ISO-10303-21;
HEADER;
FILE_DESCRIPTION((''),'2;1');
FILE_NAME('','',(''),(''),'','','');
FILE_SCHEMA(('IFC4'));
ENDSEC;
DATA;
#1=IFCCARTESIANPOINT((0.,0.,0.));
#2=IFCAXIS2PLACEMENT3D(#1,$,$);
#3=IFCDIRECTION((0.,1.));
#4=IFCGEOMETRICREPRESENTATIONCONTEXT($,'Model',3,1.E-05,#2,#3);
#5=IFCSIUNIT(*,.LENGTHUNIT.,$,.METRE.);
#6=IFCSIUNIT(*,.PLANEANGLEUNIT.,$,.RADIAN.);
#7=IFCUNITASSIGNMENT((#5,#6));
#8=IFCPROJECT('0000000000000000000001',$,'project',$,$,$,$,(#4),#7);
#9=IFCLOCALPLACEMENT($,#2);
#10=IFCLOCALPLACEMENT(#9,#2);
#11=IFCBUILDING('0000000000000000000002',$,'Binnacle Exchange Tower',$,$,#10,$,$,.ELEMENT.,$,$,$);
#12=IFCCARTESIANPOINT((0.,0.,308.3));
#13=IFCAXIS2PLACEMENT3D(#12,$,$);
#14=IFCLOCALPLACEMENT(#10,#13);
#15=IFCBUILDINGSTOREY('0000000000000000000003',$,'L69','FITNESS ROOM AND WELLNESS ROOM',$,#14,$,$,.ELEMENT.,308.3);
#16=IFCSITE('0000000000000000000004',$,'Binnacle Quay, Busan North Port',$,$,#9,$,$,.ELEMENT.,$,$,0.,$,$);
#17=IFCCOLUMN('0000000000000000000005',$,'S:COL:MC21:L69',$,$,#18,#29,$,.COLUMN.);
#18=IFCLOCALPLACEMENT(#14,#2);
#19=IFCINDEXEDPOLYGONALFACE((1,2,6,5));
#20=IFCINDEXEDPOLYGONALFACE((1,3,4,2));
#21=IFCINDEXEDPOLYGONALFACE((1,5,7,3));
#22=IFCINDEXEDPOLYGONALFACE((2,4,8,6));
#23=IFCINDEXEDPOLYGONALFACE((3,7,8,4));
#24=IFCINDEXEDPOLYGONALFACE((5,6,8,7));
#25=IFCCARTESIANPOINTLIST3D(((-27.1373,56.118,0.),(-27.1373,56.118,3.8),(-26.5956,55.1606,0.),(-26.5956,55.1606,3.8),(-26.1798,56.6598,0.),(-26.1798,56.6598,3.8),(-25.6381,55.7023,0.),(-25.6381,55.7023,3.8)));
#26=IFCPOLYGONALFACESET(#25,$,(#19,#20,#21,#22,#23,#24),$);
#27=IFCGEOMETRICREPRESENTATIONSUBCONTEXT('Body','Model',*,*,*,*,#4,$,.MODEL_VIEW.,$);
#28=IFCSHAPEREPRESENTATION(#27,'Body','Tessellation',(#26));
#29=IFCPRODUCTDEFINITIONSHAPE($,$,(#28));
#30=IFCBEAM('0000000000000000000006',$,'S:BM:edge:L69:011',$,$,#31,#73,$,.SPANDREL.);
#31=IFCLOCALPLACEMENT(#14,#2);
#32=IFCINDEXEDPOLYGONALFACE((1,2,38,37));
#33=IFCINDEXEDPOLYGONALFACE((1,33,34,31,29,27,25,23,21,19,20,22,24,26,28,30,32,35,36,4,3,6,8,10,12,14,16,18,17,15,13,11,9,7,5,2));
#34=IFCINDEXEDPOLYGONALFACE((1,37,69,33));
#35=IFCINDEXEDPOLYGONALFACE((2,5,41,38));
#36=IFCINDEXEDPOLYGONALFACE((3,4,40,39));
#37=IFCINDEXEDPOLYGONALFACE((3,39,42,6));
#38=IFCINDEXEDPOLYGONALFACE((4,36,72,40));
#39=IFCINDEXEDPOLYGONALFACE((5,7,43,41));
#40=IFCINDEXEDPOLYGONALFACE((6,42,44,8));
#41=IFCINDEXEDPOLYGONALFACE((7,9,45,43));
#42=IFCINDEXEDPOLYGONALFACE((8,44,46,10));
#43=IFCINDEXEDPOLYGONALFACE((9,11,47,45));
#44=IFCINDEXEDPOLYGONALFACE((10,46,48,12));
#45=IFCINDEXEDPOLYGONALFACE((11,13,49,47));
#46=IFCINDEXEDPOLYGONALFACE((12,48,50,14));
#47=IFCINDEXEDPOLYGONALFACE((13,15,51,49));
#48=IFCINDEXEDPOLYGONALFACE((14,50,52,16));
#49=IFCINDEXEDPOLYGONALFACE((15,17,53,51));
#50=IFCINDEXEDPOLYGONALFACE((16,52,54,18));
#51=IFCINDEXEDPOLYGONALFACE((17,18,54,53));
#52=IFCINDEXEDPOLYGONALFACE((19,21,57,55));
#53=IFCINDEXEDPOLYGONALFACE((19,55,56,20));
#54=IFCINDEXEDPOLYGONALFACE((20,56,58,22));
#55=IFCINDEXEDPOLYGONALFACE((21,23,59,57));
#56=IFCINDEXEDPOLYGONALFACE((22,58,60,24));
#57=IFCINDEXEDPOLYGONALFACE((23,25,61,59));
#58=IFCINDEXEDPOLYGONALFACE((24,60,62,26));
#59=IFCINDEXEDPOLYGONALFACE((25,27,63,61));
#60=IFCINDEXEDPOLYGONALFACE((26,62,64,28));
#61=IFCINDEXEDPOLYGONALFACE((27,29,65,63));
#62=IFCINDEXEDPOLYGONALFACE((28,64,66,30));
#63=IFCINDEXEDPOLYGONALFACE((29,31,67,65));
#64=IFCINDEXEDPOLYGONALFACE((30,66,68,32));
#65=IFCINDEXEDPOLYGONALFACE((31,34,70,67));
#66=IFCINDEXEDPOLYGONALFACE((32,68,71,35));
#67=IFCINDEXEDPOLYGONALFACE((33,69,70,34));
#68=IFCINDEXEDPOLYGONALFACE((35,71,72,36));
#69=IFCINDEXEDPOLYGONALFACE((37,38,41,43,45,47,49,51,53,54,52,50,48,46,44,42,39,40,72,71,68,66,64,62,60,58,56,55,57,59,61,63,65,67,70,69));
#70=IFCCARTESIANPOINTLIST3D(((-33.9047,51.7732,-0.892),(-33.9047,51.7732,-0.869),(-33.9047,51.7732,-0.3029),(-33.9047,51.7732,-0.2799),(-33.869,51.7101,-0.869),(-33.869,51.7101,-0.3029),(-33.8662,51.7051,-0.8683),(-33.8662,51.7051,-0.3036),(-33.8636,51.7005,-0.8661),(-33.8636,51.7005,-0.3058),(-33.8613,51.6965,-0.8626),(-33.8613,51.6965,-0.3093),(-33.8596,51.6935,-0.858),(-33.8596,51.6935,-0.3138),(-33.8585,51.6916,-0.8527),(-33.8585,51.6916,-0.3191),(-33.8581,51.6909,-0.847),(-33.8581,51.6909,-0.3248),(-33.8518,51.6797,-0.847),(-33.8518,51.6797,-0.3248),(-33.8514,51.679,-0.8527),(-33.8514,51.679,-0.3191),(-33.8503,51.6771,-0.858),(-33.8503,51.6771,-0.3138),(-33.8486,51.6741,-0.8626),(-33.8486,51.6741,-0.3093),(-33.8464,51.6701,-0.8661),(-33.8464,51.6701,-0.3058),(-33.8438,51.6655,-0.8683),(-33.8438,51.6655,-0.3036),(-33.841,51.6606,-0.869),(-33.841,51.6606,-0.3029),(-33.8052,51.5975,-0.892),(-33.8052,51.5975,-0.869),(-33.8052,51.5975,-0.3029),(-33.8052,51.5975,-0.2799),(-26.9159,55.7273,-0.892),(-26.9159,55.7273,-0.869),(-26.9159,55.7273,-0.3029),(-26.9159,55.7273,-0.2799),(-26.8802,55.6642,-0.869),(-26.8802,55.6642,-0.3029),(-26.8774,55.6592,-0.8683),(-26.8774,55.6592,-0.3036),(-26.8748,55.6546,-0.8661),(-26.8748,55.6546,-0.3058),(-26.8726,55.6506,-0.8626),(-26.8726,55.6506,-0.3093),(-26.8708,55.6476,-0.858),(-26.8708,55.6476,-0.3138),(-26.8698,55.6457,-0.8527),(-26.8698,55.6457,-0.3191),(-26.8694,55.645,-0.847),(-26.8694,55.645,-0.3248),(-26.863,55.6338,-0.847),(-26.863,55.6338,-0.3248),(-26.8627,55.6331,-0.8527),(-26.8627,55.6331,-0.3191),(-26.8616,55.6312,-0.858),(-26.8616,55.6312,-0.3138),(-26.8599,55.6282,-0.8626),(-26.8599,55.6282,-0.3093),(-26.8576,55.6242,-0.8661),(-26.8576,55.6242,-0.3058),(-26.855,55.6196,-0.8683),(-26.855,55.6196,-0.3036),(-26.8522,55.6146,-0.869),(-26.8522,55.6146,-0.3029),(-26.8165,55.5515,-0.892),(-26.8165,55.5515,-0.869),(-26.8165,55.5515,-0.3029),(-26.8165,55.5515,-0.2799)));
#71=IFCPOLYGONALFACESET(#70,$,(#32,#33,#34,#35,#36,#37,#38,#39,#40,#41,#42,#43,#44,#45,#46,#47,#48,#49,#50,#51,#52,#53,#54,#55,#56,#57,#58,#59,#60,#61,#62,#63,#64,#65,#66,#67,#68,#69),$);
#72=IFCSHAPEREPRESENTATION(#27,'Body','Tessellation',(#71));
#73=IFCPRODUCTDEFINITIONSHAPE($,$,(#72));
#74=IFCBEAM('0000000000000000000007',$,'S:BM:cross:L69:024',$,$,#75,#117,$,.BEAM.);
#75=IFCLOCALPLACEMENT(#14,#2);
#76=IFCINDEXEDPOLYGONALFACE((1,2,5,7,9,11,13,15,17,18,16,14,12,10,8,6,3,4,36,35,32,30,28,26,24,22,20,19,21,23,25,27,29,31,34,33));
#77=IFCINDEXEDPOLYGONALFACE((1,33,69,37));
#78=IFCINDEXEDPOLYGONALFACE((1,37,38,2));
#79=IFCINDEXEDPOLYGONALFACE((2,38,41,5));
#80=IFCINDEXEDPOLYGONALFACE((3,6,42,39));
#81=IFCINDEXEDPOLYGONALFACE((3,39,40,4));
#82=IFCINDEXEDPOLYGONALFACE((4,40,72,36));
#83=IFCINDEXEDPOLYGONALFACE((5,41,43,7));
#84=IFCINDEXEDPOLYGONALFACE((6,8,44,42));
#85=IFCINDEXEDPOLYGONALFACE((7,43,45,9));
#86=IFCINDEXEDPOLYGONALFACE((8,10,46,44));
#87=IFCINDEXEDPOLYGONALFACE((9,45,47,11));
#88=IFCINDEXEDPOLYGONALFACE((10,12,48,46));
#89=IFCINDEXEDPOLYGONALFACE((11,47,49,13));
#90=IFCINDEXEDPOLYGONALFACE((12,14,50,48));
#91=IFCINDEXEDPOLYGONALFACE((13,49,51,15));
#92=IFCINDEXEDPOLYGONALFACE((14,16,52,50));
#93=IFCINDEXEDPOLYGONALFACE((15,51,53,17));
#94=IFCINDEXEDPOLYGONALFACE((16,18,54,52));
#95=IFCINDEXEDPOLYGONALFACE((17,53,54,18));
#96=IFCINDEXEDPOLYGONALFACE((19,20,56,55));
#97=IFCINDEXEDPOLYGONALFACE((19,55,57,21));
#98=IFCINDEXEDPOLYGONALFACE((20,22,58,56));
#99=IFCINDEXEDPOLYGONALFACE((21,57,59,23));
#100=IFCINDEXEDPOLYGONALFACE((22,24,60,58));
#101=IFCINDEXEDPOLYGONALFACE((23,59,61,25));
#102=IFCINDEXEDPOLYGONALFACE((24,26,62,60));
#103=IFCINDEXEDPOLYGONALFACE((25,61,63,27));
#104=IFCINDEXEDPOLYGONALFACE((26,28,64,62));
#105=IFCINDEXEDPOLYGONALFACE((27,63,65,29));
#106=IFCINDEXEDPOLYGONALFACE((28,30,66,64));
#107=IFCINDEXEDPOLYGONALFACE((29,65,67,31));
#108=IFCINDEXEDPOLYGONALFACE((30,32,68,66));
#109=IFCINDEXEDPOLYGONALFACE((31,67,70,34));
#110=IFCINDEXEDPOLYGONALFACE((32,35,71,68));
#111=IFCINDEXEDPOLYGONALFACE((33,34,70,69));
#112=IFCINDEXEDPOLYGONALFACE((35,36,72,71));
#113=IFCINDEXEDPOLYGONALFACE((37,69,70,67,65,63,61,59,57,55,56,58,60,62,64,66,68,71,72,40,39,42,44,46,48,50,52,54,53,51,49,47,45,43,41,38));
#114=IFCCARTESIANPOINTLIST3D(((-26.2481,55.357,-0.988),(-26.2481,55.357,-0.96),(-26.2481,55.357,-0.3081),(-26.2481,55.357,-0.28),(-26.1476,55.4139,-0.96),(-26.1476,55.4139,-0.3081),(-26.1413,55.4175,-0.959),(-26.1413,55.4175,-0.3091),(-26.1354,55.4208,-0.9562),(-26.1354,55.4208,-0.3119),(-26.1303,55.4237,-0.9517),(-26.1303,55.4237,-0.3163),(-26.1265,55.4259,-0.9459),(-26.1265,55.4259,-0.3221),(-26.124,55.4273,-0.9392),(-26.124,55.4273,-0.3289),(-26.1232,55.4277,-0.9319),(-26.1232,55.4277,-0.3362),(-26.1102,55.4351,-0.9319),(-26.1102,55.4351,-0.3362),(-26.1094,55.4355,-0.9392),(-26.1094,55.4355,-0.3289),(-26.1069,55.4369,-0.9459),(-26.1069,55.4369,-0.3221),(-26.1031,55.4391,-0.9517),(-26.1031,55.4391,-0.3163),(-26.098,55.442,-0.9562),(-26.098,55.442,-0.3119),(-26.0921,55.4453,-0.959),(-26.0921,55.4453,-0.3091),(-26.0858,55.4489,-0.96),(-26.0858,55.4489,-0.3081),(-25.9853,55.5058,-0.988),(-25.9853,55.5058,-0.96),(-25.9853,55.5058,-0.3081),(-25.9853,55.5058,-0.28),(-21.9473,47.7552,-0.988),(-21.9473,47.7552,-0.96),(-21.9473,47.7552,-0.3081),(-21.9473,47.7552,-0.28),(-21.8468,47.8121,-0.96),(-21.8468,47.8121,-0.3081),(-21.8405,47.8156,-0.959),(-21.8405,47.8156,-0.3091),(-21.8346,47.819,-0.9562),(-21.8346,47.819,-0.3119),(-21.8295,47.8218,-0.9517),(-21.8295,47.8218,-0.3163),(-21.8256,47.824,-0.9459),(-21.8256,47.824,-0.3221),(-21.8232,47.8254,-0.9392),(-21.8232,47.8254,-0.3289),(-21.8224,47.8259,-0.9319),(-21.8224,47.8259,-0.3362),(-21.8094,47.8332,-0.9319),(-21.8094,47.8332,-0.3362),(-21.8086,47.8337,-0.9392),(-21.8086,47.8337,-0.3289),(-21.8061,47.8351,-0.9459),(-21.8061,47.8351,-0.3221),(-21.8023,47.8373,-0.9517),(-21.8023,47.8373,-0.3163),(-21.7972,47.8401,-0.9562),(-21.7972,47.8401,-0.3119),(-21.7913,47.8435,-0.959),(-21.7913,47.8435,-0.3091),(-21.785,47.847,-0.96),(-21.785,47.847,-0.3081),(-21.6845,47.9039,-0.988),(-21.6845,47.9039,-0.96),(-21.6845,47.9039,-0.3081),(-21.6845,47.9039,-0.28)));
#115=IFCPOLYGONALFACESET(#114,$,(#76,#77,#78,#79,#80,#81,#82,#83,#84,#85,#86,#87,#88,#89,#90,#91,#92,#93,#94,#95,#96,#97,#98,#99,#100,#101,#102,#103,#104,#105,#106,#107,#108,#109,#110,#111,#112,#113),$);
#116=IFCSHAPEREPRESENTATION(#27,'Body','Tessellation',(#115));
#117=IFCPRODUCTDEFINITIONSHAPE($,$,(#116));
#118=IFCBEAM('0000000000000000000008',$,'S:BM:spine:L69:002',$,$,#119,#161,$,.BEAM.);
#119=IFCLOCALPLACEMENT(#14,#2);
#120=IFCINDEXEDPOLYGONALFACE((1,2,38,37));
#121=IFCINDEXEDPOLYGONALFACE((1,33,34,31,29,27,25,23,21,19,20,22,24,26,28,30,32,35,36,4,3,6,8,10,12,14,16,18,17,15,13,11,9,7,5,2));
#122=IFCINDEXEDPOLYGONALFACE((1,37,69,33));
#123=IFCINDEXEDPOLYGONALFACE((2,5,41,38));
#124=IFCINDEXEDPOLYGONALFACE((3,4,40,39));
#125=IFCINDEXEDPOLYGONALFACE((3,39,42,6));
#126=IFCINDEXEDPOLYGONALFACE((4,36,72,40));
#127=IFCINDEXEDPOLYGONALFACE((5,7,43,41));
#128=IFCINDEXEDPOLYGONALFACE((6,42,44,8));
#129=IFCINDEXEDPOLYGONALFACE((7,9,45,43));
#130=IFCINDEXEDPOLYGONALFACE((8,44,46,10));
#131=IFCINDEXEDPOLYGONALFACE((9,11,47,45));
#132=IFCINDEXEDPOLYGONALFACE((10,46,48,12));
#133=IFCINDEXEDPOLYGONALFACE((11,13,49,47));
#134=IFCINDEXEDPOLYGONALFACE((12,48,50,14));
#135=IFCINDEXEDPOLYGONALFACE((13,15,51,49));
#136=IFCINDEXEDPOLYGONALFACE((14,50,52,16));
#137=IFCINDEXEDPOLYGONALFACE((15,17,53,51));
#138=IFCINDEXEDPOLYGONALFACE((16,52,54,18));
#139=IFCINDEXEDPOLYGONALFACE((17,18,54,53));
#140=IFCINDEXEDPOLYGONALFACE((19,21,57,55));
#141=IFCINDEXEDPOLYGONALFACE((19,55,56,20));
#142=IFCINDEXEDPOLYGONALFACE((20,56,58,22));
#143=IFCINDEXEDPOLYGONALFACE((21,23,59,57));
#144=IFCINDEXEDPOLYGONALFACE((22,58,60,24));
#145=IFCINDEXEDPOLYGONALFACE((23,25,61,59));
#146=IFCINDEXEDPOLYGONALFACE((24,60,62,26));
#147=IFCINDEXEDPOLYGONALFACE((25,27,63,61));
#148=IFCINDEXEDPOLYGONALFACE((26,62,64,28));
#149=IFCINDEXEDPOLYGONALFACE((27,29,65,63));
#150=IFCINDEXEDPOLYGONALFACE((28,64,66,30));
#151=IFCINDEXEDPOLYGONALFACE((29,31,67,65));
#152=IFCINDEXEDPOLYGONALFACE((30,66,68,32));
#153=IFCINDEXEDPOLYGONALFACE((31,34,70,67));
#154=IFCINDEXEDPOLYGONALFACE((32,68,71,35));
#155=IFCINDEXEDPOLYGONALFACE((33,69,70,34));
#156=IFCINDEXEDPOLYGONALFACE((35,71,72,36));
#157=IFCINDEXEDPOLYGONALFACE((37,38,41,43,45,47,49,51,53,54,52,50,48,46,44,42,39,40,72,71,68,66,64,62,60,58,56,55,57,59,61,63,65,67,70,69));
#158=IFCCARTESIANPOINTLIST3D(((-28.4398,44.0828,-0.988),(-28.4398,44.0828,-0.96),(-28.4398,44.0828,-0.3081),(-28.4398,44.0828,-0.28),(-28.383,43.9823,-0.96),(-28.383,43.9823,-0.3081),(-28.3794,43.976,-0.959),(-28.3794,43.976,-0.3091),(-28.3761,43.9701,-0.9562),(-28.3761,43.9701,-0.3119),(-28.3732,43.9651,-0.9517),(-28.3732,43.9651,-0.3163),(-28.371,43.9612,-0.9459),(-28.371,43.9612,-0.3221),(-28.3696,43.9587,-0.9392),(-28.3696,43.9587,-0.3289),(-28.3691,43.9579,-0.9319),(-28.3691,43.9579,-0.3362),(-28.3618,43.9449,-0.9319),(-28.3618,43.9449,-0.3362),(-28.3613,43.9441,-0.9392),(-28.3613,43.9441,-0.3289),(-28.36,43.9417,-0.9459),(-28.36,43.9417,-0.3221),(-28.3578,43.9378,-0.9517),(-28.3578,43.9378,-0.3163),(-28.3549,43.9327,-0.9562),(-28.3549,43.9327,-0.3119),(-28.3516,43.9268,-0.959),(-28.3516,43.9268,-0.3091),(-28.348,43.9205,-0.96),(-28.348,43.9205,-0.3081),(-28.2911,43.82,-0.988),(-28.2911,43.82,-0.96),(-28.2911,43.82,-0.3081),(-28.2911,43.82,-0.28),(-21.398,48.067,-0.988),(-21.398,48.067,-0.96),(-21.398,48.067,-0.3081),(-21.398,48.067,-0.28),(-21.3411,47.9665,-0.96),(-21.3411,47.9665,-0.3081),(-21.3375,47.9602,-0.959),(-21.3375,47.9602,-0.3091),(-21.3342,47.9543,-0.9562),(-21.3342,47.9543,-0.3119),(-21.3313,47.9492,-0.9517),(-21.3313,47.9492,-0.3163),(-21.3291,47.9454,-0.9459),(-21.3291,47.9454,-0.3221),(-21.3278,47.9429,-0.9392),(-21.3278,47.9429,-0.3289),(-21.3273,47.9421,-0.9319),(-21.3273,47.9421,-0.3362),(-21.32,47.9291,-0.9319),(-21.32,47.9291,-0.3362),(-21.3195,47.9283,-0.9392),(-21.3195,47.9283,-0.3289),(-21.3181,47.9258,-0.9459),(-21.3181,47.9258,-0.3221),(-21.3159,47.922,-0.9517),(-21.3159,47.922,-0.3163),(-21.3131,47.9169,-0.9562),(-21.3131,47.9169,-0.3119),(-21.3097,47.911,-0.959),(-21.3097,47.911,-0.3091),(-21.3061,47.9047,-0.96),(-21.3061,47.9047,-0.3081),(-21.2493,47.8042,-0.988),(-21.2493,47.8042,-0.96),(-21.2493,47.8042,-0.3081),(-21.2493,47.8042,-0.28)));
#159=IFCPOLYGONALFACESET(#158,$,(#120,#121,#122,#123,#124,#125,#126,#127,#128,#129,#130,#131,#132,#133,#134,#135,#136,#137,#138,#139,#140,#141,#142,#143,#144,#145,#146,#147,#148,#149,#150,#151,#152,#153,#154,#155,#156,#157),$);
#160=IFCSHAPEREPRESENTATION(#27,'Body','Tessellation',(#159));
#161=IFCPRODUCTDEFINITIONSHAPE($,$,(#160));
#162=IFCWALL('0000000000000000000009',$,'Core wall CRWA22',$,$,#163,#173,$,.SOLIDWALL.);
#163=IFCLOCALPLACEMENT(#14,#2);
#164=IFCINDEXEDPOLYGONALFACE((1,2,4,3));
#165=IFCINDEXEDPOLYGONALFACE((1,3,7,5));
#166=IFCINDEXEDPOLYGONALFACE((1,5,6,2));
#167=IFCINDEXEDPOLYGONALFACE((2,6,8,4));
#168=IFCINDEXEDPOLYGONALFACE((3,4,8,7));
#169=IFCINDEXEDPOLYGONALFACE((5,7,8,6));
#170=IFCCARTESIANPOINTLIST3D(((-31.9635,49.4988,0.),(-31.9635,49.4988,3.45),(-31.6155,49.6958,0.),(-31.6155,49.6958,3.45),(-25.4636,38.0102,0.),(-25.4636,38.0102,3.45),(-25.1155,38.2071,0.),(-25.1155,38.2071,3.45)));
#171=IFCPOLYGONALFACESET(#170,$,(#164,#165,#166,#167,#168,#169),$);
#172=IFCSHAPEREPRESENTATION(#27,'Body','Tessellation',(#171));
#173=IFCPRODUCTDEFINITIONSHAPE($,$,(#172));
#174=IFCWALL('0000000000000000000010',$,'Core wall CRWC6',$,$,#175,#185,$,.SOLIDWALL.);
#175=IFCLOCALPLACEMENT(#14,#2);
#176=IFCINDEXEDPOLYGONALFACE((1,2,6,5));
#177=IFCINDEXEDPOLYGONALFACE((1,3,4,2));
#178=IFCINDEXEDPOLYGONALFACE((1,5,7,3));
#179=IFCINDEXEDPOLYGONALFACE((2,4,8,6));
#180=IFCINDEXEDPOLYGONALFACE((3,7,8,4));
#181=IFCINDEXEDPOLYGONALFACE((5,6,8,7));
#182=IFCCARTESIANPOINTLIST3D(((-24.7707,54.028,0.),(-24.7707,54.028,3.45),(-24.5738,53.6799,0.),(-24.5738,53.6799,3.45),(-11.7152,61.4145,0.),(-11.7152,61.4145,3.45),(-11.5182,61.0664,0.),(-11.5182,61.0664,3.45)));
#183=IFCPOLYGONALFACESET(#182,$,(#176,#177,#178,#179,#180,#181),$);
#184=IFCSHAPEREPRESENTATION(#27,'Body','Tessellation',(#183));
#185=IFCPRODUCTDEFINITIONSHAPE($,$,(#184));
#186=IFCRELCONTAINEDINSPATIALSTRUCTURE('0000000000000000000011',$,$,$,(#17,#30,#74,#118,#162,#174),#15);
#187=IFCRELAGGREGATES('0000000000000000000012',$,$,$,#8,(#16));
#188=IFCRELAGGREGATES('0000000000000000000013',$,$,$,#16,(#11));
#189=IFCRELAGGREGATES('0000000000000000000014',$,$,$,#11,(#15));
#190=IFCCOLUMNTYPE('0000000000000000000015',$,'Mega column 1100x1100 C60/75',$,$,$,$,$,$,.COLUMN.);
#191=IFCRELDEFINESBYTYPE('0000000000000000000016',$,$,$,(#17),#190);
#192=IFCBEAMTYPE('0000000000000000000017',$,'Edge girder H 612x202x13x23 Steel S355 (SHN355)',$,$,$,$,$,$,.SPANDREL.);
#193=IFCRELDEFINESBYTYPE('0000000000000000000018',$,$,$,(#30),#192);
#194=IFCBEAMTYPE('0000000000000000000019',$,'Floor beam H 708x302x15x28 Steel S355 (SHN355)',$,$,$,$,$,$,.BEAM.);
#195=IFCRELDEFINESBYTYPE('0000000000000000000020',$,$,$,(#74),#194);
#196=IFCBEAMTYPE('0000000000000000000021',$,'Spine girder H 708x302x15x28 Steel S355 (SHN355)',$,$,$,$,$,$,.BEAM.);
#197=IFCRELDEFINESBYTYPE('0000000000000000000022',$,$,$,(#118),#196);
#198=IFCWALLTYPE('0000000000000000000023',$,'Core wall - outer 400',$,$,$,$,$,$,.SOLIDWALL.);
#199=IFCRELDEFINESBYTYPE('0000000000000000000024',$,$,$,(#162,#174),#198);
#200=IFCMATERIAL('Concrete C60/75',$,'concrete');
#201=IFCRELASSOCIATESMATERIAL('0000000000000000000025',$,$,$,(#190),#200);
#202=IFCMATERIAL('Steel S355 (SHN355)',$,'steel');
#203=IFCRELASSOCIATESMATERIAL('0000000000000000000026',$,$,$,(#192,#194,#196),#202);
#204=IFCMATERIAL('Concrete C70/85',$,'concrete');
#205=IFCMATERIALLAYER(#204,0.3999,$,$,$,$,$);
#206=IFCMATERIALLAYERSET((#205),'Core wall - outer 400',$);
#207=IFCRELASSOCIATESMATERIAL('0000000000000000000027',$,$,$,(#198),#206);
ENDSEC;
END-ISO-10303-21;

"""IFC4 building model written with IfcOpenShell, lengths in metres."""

from ifc_helpers import new_model, si_unit, direction, frame, frame_2d, origin, origin_2d, place, context, subcontext, project, spatial, rectangle, i_section, extrude, material, layer, layer_set, material_profile, profile_set, type_object, element, save


model = new_model("IFC4")

# Units and contexts
model_context = context("Model", 3, precision=1e-05, world=origin(), true_north=direction((0.0, 1.0)))
body_context = subcontext(model_context, "Body", "Model", "MODEL_VIEW")
ifc_project = project(units=[si_unit("LENGTHUNIT", "METRE"), si_unit("PLANEANGLEUNIT", "RADIAN")], contexts=[model_context])

# Site, building, storey
site_placement = place(None, origin())
site = spatial("IfcSite", under=ifc_project, at=site_placement, Name="Binnacle Quay, Busan North Port", CompositionType="ELEMENT", RefElevation=0.0)
building_placement = place(site_placement, origin())
building = spatial("IfcBuilding", under=site, at=building_placement, Name="Binnacle Exchange Tower", CompositionType="ELEMENT")
storey_placement = place(building_placement, frame((0.0, 0.0, 308.3)))
storey = spatial("IfcBuildingStorey", under=building, at=storey_placement, Name="L69", Description="FITNESS ROOM AND WELLNESS ROOM", CompositionType="ELEMENT", Elevation=308.3)

# Column
ifc_material_1 = material(Name="Concrete C60/75", Category="concrete")
ifc_material_profile_1 = material_profile(ifc_material_1, rectangle(XDim=1.1001, YDim=1.1001, at=origin_2d()), Name="Mega column 1100x1100 C60/75")
ifc_profile_set_1 = profile_set([ifc_material_profile_1], Name="Concrete C60/75")
column_type = type_object("IfcColumnType", Name="Mega column 1100x1100 C60/75", PredefinedType="COLUMN", material=ifc_profile_set_1)
column_placement = place(storey_placement, frame((-26.3877, 55.9102, 0.0), z_axis=(0.0, 0.0, 1.0), x_axis=(-0.870356, -0.492424, 0.0)))
element("IfcColumn", 1, at=column_placement, inside=storey, type_object=column_type, Name="S:COL:MC21:L69", PredefinedType="COLUMN", context=body_context, shape_type="SweptSolid", body=[
    extrude(rectangle(XDim=1.1001, YDim=1.1001, at=origin_2d()), origin(), (0.0, 0.0, 1.0), 3.8),
])

# Beams
ifc_material_2 = material(Name="Steel S355 (SHN355)", Category="steel")
ifc_material_profile_2 = material_profile(ifc_material_2, i_section(OverallWidth=0.2019, OverallDepth=0.6121, WebThickness=0.0129, FlangeThickness=0.0229, FilletRadius=0.022, at=origin_2d()), Name="H 612x202x13x23")
ifc_profile_set_2 = profile_set([ifc_material_profile_2], Name="Steel S355 (SHN355)")
beam_type_1 = type_object("IfcBeamType", Name="Edge girder H 612x202x13x23 Steel S355 (SHN355)", PredefinedType="SPANDREL", material=ifc_profile_set_2)
beam_1_placement = place(storey_placement, frame((-26.8662, 55.6394, -0.5859), z_axis=(-0.870353, -0.492428, 0.0), x_axis=(0.492428, -0.870353, 0.0)))
element("IfcBeam", 2, at=beam_1_placement, inside=storey, type_object=beam_type_1, Name="S:BM:edge:L69:011", PredefinedType="SPANDREL", context=body_context, shape_type="SweptSolid", body=[
    extrude(i_section(OverallWidth=0.2019, OverallDepth=0.6121, WebThickness=0.0129, FlangeThickness=0.0229, FilletRadius=0.022, at=origin_2d()), origin(), (0.0, 0.0, 1.0), 8.0298),
])
ifc_material_profile_3 = material_profile(ifc_material_2, i_section(OverallWidth=0.302, OverallDepth=0.708, WebThickness=0.0149, FlangeThickness=0.0281, FilletRadius=0.0281, at=origin_2d()), Name="H 708x302x15x28")
ifc_profile_set_3 = profile_set([ifc_material_profile_3], Name="Steel S355 (SHN355)")
beam_type_2 = type_object("IfcBeamType", Name="Floor beam H 708x302x15x28 Steel S355 (SHN355)", PredefinedType="BEAM", material=ifc_profile_set_3)
beam_2_placement = place(storey_placement, frame((-26.1167, 55.4314, -0.634), z_axis=(0.492414, -0.870361, 0.0), x_axis=(0.870361, 0.492414, 0.0)))
element("IfcBeam", 3, at=beam_2_placement, inside=storey, type_object=beam_type_2, Name="S:BM:cross:L69:024", PredefinedType="BEAM", context=body_context, shape_type="SweptSolid", body=[
    extrude(i_section(OverallWidth=0.302, OverallDepth=0.708, WebThickness=0.0149, FlangeThickness=0.0281, FilletRadius=0.0281, at=origin_2d()), origin(), (0.0, 0.0, 1.0), 8.7341),
])
ifc_material_profile_4 = material_profile(ifc_material_2, i_section(OverallWidth=0.302, OverallDepth=0.708, WebThickness=0.0149, FlangeThickness=0.0281, FilletRadius=0.0281, at=origin_2d()), Name="H 708x302x15x28")
ifc_profile_set_4 = profile_set([ifc_material_profile_4], Name="Steel S355 (SHN355)")
beam_type_3 = type_object("IfcBeamType", Name="Spine girder H 708x302x15x28 Steel S355 (SHN355)", PredefinedType="BEAM", material=ifc_profile_set_4)
beam_3_placement = place(storey_placement, frame((-28.3655, 43.9514, -0.634), z_axis=(0.87035, 0.492433, 0.0), x_axis=(-0.492433, 0.87035, 0.0)))
element("IfcBeam", 4, at=beam_3_placement, inside=storey, type_object=beam_type_3, Name="S:BM:spine:L69:002", PredefinedType="BEAM", context=body_context, shape_type="SweptSolid", body=[
    extrude(i_section(OverallWidth=0.302, OverallDepth=0.708, WebThickness=0.0149, FlangeThickness=0.0281, FilletRadius=0.0281, at=origin_2d()), origin(), (0.0, 0.0, 1.0), 8.0908),
])

# Walls
ifc_material_3 = material(Name="Concrete C70/85", Category="concrete")
ifc_layer_1 = layer(ifc_material_3, 0.3999)
ifc_layer_set_1 = layer_set([ifc_layer_1], Name="Core wall - outer 400")
wall_type_1 = type_object("IfcWallType", Name="Core wall - outer 400", PredefinedType="SOLIDWALL", material=ifc_layer_set_1)
wall_1_placement = place(storey_placement, frame((-31.7896, 49.5974, 0.0), z_axis=(0.0, 0.0, 1.0), x_axis=(0.492422, -0.870357, 0.0)))
element("IfcWall", 5, at=wall_1_placement, inside=storey, type_object=wall_type_1, Name="Core wall CRWA22", PredefinedType="SOLIDWALL", context=body_context, shape_type="SweptSolid", body=[
    extrude(rectangle(XDim=13.2, YDim=0.3999, at=frame_2d((6.6001, 0.0))), origin(), (0.0, 0.0, 1.0), 3.45),
])
wall_2_placement = place(storey_placement, frame((-24.6721, 53.854, 0.0), z_axis=(0.0, 0.0, 1.0), x_axis=(0.870354, 0.492427, 0.0)))
element("IfcWall", 6, at=wall_2_placement, inside=storey, type_object=wall_type_1, Name="Core wall CRWC6", PredefinedType="SOLIDWALL", context=body_context, shape_type="SweptSolid", body=[
    extrude(rectangle(XDim=15.0002, YDim=0.3999, at=frame_2d((7.5, 0.0))), origin(), (0.0, 0.0, 1.0), 3.45),
])

save(model, "model.ifc")
